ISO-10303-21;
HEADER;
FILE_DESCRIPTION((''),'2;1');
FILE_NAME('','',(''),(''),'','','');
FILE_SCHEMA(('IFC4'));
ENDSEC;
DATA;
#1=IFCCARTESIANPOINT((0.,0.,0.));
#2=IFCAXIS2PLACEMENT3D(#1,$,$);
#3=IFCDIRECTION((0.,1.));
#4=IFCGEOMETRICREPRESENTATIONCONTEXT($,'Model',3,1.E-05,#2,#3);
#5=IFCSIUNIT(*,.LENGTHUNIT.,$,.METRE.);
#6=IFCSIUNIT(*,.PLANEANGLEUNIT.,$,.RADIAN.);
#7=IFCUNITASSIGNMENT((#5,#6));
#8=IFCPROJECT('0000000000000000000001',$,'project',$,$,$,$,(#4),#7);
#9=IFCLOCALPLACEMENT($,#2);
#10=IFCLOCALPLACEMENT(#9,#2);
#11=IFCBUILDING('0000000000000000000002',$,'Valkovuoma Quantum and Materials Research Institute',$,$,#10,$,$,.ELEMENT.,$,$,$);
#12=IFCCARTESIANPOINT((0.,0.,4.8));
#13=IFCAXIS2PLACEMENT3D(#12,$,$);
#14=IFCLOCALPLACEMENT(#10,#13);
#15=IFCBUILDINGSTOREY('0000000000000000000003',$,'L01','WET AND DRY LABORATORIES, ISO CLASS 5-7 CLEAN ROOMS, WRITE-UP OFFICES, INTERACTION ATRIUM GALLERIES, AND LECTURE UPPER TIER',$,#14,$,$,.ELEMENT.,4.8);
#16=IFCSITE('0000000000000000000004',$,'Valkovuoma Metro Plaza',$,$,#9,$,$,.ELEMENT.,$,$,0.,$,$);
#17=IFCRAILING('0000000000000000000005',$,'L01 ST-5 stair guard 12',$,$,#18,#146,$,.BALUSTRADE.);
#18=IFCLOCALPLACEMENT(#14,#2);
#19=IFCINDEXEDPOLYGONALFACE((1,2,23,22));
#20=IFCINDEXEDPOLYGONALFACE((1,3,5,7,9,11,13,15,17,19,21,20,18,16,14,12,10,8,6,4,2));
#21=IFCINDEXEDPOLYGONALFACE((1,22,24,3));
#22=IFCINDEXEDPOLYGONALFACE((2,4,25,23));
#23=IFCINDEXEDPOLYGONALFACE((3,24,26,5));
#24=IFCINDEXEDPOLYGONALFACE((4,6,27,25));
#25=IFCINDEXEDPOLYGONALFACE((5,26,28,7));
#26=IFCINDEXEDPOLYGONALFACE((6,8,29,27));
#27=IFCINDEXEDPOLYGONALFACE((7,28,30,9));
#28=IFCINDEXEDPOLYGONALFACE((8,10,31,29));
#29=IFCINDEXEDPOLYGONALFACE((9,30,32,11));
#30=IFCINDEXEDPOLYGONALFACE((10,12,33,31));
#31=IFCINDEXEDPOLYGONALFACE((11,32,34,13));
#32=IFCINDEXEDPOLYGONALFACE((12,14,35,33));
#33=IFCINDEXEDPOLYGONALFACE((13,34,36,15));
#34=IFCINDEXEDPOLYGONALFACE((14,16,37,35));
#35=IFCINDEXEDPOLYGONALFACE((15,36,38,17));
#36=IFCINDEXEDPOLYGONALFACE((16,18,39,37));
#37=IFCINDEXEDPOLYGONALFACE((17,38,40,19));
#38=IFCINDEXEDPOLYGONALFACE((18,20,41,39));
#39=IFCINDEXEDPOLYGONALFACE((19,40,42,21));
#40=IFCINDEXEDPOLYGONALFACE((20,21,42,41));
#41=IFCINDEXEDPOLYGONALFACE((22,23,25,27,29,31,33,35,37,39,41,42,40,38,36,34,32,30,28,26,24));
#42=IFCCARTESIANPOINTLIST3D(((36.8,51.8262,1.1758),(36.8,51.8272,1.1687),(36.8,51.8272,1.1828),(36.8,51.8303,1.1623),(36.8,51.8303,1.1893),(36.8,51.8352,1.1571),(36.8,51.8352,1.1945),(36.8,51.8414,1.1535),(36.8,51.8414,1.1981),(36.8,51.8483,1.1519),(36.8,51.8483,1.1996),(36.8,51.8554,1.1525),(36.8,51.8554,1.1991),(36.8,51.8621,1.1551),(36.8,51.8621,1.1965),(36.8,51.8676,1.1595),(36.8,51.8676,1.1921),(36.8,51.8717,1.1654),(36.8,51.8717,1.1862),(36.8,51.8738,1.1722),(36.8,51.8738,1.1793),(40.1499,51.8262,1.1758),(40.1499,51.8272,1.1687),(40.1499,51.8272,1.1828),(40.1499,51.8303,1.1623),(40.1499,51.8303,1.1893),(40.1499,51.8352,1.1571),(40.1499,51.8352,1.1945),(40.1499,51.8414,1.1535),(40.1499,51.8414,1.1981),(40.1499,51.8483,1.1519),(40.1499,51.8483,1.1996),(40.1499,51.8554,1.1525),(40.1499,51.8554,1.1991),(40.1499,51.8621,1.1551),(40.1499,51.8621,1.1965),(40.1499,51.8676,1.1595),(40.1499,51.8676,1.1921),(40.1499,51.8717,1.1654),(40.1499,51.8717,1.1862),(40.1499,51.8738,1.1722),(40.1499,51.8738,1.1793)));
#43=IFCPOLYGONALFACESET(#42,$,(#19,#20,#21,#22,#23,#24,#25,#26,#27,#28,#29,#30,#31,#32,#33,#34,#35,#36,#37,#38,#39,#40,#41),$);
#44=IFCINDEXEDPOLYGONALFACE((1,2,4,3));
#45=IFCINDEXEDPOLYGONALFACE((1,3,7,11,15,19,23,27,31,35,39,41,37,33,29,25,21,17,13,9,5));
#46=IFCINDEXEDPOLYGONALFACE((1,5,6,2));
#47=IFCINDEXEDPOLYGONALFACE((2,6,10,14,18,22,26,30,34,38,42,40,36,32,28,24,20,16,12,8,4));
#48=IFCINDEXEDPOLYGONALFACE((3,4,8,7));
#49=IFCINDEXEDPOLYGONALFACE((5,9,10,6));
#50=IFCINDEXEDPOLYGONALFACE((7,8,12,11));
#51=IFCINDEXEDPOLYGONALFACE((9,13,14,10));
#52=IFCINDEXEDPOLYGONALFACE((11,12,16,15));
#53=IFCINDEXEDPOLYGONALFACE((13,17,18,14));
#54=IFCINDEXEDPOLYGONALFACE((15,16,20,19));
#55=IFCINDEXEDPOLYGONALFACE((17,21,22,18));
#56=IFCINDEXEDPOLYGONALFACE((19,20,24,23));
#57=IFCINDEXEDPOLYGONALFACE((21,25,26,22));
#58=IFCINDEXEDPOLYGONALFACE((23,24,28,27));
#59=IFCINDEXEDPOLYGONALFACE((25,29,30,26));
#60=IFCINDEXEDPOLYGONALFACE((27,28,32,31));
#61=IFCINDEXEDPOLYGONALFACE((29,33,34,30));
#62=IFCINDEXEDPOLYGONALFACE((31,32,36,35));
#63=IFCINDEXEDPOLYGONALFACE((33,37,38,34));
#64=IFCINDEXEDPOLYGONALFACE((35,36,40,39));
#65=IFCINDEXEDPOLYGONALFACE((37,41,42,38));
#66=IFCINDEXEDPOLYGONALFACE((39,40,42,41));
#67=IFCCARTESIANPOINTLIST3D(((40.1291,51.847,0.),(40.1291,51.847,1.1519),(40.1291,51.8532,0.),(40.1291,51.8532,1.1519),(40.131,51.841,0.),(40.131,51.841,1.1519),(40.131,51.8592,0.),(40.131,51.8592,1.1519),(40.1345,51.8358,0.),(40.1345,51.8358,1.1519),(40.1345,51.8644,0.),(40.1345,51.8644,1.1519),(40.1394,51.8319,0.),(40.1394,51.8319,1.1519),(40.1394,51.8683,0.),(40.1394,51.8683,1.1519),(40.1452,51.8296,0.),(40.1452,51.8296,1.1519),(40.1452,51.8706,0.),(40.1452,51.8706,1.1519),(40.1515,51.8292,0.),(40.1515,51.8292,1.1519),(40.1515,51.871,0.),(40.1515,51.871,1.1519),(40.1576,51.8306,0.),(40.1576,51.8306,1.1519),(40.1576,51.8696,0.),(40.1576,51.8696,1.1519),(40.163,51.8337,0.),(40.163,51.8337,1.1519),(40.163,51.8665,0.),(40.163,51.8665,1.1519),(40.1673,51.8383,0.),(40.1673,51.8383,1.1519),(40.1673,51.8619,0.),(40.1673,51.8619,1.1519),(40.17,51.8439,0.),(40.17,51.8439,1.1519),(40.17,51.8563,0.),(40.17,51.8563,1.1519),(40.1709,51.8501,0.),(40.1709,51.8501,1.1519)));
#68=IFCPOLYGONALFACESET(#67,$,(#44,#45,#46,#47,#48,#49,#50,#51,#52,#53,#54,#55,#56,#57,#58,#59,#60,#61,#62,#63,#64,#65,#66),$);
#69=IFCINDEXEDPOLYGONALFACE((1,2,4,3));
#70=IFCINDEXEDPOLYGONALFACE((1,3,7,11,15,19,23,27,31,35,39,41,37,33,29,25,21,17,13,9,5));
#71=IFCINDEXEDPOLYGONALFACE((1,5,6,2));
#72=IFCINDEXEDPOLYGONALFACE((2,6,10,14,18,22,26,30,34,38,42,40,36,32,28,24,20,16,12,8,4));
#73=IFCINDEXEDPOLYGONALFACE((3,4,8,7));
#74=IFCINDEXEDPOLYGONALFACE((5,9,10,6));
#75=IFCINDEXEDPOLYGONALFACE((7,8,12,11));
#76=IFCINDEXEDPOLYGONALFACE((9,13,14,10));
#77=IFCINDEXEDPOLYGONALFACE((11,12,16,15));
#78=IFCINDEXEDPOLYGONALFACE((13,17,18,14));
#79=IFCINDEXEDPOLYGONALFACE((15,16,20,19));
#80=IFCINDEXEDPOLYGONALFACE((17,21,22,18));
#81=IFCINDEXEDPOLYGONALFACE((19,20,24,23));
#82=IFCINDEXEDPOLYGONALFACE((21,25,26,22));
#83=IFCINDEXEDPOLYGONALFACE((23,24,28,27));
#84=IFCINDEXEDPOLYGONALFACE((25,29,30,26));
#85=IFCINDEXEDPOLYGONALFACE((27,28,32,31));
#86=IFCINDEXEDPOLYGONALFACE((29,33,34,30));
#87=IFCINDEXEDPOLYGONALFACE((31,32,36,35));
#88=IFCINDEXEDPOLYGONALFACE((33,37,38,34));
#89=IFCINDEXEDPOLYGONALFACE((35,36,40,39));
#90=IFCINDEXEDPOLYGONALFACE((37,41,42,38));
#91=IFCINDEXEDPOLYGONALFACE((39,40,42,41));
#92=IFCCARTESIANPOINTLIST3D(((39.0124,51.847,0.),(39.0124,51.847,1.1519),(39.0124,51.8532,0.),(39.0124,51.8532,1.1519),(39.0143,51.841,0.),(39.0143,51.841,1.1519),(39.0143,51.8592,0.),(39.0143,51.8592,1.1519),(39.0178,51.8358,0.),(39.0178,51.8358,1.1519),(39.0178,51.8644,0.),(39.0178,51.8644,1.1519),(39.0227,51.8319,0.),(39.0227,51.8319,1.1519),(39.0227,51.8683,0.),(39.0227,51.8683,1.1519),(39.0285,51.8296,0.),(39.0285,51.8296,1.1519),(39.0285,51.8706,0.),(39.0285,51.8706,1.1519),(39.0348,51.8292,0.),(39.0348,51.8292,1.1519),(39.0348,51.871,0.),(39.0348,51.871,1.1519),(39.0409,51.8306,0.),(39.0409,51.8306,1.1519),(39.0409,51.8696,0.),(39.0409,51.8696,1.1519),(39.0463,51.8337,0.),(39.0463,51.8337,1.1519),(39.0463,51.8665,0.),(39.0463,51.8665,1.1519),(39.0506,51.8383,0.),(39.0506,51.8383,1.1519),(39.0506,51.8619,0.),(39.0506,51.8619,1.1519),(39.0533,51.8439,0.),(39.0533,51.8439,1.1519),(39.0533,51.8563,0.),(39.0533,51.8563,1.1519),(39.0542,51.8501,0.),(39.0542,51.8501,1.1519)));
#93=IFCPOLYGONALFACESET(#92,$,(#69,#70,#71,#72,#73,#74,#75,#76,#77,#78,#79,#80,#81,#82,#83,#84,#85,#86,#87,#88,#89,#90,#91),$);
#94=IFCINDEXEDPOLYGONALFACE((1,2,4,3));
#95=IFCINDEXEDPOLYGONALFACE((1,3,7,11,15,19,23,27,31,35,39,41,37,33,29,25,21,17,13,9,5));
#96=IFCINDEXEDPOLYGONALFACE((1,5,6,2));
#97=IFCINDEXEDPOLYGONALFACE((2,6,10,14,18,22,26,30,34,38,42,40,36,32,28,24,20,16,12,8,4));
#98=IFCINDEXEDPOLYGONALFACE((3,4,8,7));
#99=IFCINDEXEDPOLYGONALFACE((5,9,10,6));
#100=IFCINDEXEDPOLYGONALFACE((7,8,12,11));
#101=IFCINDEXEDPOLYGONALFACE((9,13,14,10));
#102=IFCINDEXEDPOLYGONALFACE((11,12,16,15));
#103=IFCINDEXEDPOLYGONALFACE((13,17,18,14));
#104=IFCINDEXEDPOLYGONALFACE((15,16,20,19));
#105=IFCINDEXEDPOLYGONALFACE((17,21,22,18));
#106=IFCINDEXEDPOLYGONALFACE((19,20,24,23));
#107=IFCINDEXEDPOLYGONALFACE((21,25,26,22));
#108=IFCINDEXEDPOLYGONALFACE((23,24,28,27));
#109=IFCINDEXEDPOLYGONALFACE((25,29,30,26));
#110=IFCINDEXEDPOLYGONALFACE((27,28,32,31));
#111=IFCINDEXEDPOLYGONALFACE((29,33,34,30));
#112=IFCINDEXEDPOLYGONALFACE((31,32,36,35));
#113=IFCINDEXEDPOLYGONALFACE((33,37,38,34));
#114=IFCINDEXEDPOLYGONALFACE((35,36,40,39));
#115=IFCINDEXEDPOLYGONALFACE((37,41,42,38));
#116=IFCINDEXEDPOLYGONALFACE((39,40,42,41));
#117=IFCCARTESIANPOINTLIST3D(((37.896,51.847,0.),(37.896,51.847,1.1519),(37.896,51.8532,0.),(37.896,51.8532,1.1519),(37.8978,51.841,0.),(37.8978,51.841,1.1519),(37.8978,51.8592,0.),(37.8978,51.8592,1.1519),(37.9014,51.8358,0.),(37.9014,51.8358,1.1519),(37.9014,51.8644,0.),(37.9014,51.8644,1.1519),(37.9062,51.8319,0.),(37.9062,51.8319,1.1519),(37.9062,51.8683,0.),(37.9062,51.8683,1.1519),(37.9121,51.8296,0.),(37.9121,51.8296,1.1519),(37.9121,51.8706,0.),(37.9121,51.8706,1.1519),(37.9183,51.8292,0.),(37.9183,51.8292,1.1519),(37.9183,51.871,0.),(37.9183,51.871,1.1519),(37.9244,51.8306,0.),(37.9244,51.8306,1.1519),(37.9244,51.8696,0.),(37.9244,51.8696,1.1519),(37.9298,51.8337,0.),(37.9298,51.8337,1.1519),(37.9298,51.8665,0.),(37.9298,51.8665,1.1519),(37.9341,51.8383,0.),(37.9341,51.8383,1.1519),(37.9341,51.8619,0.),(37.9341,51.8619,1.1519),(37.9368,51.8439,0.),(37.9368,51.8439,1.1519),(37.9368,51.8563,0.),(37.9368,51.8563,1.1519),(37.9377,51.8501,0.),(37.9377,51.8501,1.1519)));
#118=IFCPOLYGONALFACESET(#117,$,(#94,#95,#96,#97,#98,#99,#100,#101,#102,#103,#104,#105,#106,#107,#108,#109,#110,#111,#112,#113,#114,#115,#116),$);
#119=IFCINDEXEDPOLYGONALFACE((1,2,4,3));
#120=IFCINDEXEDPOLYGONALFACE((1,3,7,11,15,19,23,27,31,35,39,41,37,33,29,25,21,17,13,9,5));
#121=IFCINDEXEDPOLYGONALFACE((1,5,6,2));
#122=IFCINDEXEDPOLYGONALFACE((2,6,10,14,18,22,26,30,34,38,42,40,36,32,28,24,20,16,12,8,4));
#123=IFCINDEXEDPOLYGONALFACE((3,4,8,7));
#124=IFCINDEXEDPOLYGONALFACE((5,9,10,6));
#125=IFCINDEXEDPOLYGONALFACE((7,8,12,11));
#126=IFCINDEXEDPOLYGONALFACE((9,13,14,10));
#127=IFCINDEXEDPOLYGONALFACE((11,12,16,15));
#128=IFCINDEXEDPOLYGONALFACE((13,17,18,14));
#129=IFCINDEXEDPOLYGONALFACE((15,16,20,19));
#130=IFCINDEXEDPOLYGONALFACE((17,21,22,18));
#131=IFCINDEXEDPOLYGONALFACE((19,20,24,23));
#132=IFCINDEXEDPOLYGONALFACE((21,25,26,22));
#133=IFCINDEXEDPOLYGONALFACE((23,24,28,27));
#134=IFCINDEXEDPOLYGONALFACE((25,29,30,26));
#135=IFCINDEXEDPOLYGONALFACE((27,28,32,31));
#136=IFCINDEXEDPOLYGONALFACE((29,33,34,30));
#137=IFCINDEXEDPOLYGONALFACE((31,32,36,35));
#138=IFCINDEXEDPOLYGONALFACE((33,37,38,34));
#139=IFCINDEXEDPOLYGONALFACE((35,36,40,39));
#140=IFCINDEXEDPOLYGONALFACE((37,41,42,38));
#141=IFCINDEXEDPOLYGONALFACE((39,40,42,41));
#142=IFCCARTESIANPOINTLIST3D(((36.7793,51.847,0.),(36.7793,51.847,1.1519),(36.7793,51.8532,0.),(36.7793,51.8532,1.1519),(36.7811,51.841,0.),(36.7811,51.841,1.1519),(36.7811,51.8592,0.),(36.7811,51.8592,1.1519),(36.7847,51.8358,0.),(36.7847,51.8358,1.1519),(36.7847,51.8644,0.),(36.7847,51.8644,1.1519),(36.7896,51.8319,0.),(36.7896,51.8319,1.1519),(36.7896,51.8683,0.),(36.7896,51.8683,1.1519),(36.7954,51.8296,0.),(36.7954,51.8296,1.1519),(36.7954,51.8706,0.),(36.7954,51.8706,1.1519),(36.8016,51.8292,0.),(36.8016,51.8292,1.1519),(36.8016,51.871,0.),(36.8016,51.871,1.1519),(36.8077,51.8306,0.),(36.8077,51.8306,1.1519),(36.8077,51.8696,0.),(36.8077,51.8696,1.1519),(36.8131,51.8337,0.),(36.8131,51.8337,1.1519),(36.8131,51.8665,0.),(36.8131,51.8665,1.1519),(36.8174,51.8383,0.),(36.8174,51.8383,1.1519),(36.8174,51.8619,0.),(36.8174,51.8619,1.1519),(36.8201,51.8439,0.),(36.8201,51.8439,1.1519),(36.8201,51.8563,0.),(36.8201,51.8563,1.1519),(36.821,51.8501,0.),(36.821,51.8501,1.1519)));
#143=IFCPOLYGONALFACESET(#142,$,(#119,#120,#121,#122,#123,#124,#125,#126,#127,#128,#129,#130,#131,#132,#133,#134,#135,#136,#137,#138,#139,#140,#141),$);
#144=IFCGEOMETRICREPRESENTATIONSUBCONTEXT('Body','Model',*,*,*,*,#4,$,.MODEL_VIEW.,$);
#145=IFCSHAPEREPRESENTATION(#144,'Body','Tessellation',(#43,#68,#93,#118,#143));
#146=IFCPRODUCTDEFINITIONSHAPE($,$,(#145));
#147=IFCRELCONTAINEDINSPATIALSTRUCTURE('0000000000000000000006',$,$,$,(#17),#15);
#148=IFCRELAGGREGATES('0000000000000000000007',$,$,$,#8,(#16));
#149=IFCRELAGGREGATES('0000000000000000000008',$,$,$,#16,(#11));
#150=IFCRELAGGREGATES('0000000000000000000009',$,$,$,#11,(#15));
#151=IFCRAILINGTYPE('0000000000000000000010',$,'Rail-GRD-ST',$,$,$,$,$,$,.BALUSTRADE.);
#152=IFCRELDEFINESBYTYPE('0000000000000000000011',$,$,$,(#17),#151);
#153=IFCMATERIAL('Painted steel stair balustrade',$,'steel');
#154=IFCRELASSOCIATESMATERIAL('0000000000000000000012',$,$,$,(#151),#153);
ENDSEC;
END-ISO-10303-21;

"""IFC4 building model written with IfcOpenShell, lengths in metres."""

from ifc_helpers import new_model, si_unit, direction, frame, origin, origin_2d, place, context, subcontext, project, spatial, circle, extrude, material, type_object, element, save


model = new_model("IFC4")

# Units and contexts
model_context = context("Model", 3, precision=1e-05, world=origin(), true_north=direction((0.0, 1.0)))
body_context = subcontext(model_context, "Body", "Model", "MODEL_VIEW")
ifc_project = project(units=[si_unit("LENGTHUNIT", "METRE"), si_unit("PLANEANGLEUNIT", "RADIAN")], contexts=[model_context])

# Site, building, storey
site_placement = place(None, origin())
site = spatial("IfcSite", under=ifc_project, at=site_placement, Name="Valkovuoma Metro Plaza", CompositionType="ELEMENT", RefElevation=0.0)
building_placement = place(site_placement, origin())
building = spatial("IfcBuilding", under=site, at=building_placement, Name="Valkovuoma Quantum and Materials Research Institute", CompositionType="ELEMENT")
storey_placement = place(building_placement, frame((0.0, 0.0, 4.8)))
storey = spatial("IfcBuildingStorey", under=building, at=storey_placement, Name="L01", Description="WET AND DRY LABORATORIES, ISO CLASS 5-7 CLEAN ROOMS, WRITE-UP OFFICES, INTERACTION ATRIUM GALLERIES, AND LECTURE UPPER TIER", CompositionType="ELEMENT", Elevation=4.8)

# Railing
ifc_material_1 = material(Name="Painted steel stair balustrade", Category="steel")
railing_type_1 = type_object("IfcRailingType", Name="Rail-GRD-ST", PredefinedType="BALUSTRADE", material=ifc_material_1)
railing_1_placement = place(storey_placement, frame((40.1499, 51.8501, 0.0)))
element("IfcRailing", 1, at=railing_1_placement, inside=storey, type_object=railing_type_1, Name="L01 ST-5 stair guard 12", PredefinedType="BALUSTRADE", context=body_context, shape_type="SweptSolid", body=[
    extrude(circle(Radius=0.0239, at=origin_2d()), frame((0.0, 0.0, 1.1758), z_axis=(-1.0, 0.0, 0.0), x_axis=(0.0, -1.0, 0.0)), (0.0, 0.0, 1.0), 3.3499),
    extrude(circle(Radius=0.021, at=origin_2d()), origin(), (0.0, 0.0, 1.0), 1.1519),
    extrude(circle(Radius=0.021, at=origin_2d()), frame((-1.1167, 0.0, 0.0)), (0.0, 0.0, 1.0), 1.1519),
    extrude(circle(Radius=0.021, at=origin_2d()), frame((-2.2332, 0.0, 0.0)), (0.0, 0.0, 1.0), 1.1519),
    extrude(circle(Radius=0.021, at=origin_2d()), frame((-3.3499, 0.0, 0.0)), (0.0, 0.0, 1.0), 1.1519),
])

save(model, "model.ifc")
